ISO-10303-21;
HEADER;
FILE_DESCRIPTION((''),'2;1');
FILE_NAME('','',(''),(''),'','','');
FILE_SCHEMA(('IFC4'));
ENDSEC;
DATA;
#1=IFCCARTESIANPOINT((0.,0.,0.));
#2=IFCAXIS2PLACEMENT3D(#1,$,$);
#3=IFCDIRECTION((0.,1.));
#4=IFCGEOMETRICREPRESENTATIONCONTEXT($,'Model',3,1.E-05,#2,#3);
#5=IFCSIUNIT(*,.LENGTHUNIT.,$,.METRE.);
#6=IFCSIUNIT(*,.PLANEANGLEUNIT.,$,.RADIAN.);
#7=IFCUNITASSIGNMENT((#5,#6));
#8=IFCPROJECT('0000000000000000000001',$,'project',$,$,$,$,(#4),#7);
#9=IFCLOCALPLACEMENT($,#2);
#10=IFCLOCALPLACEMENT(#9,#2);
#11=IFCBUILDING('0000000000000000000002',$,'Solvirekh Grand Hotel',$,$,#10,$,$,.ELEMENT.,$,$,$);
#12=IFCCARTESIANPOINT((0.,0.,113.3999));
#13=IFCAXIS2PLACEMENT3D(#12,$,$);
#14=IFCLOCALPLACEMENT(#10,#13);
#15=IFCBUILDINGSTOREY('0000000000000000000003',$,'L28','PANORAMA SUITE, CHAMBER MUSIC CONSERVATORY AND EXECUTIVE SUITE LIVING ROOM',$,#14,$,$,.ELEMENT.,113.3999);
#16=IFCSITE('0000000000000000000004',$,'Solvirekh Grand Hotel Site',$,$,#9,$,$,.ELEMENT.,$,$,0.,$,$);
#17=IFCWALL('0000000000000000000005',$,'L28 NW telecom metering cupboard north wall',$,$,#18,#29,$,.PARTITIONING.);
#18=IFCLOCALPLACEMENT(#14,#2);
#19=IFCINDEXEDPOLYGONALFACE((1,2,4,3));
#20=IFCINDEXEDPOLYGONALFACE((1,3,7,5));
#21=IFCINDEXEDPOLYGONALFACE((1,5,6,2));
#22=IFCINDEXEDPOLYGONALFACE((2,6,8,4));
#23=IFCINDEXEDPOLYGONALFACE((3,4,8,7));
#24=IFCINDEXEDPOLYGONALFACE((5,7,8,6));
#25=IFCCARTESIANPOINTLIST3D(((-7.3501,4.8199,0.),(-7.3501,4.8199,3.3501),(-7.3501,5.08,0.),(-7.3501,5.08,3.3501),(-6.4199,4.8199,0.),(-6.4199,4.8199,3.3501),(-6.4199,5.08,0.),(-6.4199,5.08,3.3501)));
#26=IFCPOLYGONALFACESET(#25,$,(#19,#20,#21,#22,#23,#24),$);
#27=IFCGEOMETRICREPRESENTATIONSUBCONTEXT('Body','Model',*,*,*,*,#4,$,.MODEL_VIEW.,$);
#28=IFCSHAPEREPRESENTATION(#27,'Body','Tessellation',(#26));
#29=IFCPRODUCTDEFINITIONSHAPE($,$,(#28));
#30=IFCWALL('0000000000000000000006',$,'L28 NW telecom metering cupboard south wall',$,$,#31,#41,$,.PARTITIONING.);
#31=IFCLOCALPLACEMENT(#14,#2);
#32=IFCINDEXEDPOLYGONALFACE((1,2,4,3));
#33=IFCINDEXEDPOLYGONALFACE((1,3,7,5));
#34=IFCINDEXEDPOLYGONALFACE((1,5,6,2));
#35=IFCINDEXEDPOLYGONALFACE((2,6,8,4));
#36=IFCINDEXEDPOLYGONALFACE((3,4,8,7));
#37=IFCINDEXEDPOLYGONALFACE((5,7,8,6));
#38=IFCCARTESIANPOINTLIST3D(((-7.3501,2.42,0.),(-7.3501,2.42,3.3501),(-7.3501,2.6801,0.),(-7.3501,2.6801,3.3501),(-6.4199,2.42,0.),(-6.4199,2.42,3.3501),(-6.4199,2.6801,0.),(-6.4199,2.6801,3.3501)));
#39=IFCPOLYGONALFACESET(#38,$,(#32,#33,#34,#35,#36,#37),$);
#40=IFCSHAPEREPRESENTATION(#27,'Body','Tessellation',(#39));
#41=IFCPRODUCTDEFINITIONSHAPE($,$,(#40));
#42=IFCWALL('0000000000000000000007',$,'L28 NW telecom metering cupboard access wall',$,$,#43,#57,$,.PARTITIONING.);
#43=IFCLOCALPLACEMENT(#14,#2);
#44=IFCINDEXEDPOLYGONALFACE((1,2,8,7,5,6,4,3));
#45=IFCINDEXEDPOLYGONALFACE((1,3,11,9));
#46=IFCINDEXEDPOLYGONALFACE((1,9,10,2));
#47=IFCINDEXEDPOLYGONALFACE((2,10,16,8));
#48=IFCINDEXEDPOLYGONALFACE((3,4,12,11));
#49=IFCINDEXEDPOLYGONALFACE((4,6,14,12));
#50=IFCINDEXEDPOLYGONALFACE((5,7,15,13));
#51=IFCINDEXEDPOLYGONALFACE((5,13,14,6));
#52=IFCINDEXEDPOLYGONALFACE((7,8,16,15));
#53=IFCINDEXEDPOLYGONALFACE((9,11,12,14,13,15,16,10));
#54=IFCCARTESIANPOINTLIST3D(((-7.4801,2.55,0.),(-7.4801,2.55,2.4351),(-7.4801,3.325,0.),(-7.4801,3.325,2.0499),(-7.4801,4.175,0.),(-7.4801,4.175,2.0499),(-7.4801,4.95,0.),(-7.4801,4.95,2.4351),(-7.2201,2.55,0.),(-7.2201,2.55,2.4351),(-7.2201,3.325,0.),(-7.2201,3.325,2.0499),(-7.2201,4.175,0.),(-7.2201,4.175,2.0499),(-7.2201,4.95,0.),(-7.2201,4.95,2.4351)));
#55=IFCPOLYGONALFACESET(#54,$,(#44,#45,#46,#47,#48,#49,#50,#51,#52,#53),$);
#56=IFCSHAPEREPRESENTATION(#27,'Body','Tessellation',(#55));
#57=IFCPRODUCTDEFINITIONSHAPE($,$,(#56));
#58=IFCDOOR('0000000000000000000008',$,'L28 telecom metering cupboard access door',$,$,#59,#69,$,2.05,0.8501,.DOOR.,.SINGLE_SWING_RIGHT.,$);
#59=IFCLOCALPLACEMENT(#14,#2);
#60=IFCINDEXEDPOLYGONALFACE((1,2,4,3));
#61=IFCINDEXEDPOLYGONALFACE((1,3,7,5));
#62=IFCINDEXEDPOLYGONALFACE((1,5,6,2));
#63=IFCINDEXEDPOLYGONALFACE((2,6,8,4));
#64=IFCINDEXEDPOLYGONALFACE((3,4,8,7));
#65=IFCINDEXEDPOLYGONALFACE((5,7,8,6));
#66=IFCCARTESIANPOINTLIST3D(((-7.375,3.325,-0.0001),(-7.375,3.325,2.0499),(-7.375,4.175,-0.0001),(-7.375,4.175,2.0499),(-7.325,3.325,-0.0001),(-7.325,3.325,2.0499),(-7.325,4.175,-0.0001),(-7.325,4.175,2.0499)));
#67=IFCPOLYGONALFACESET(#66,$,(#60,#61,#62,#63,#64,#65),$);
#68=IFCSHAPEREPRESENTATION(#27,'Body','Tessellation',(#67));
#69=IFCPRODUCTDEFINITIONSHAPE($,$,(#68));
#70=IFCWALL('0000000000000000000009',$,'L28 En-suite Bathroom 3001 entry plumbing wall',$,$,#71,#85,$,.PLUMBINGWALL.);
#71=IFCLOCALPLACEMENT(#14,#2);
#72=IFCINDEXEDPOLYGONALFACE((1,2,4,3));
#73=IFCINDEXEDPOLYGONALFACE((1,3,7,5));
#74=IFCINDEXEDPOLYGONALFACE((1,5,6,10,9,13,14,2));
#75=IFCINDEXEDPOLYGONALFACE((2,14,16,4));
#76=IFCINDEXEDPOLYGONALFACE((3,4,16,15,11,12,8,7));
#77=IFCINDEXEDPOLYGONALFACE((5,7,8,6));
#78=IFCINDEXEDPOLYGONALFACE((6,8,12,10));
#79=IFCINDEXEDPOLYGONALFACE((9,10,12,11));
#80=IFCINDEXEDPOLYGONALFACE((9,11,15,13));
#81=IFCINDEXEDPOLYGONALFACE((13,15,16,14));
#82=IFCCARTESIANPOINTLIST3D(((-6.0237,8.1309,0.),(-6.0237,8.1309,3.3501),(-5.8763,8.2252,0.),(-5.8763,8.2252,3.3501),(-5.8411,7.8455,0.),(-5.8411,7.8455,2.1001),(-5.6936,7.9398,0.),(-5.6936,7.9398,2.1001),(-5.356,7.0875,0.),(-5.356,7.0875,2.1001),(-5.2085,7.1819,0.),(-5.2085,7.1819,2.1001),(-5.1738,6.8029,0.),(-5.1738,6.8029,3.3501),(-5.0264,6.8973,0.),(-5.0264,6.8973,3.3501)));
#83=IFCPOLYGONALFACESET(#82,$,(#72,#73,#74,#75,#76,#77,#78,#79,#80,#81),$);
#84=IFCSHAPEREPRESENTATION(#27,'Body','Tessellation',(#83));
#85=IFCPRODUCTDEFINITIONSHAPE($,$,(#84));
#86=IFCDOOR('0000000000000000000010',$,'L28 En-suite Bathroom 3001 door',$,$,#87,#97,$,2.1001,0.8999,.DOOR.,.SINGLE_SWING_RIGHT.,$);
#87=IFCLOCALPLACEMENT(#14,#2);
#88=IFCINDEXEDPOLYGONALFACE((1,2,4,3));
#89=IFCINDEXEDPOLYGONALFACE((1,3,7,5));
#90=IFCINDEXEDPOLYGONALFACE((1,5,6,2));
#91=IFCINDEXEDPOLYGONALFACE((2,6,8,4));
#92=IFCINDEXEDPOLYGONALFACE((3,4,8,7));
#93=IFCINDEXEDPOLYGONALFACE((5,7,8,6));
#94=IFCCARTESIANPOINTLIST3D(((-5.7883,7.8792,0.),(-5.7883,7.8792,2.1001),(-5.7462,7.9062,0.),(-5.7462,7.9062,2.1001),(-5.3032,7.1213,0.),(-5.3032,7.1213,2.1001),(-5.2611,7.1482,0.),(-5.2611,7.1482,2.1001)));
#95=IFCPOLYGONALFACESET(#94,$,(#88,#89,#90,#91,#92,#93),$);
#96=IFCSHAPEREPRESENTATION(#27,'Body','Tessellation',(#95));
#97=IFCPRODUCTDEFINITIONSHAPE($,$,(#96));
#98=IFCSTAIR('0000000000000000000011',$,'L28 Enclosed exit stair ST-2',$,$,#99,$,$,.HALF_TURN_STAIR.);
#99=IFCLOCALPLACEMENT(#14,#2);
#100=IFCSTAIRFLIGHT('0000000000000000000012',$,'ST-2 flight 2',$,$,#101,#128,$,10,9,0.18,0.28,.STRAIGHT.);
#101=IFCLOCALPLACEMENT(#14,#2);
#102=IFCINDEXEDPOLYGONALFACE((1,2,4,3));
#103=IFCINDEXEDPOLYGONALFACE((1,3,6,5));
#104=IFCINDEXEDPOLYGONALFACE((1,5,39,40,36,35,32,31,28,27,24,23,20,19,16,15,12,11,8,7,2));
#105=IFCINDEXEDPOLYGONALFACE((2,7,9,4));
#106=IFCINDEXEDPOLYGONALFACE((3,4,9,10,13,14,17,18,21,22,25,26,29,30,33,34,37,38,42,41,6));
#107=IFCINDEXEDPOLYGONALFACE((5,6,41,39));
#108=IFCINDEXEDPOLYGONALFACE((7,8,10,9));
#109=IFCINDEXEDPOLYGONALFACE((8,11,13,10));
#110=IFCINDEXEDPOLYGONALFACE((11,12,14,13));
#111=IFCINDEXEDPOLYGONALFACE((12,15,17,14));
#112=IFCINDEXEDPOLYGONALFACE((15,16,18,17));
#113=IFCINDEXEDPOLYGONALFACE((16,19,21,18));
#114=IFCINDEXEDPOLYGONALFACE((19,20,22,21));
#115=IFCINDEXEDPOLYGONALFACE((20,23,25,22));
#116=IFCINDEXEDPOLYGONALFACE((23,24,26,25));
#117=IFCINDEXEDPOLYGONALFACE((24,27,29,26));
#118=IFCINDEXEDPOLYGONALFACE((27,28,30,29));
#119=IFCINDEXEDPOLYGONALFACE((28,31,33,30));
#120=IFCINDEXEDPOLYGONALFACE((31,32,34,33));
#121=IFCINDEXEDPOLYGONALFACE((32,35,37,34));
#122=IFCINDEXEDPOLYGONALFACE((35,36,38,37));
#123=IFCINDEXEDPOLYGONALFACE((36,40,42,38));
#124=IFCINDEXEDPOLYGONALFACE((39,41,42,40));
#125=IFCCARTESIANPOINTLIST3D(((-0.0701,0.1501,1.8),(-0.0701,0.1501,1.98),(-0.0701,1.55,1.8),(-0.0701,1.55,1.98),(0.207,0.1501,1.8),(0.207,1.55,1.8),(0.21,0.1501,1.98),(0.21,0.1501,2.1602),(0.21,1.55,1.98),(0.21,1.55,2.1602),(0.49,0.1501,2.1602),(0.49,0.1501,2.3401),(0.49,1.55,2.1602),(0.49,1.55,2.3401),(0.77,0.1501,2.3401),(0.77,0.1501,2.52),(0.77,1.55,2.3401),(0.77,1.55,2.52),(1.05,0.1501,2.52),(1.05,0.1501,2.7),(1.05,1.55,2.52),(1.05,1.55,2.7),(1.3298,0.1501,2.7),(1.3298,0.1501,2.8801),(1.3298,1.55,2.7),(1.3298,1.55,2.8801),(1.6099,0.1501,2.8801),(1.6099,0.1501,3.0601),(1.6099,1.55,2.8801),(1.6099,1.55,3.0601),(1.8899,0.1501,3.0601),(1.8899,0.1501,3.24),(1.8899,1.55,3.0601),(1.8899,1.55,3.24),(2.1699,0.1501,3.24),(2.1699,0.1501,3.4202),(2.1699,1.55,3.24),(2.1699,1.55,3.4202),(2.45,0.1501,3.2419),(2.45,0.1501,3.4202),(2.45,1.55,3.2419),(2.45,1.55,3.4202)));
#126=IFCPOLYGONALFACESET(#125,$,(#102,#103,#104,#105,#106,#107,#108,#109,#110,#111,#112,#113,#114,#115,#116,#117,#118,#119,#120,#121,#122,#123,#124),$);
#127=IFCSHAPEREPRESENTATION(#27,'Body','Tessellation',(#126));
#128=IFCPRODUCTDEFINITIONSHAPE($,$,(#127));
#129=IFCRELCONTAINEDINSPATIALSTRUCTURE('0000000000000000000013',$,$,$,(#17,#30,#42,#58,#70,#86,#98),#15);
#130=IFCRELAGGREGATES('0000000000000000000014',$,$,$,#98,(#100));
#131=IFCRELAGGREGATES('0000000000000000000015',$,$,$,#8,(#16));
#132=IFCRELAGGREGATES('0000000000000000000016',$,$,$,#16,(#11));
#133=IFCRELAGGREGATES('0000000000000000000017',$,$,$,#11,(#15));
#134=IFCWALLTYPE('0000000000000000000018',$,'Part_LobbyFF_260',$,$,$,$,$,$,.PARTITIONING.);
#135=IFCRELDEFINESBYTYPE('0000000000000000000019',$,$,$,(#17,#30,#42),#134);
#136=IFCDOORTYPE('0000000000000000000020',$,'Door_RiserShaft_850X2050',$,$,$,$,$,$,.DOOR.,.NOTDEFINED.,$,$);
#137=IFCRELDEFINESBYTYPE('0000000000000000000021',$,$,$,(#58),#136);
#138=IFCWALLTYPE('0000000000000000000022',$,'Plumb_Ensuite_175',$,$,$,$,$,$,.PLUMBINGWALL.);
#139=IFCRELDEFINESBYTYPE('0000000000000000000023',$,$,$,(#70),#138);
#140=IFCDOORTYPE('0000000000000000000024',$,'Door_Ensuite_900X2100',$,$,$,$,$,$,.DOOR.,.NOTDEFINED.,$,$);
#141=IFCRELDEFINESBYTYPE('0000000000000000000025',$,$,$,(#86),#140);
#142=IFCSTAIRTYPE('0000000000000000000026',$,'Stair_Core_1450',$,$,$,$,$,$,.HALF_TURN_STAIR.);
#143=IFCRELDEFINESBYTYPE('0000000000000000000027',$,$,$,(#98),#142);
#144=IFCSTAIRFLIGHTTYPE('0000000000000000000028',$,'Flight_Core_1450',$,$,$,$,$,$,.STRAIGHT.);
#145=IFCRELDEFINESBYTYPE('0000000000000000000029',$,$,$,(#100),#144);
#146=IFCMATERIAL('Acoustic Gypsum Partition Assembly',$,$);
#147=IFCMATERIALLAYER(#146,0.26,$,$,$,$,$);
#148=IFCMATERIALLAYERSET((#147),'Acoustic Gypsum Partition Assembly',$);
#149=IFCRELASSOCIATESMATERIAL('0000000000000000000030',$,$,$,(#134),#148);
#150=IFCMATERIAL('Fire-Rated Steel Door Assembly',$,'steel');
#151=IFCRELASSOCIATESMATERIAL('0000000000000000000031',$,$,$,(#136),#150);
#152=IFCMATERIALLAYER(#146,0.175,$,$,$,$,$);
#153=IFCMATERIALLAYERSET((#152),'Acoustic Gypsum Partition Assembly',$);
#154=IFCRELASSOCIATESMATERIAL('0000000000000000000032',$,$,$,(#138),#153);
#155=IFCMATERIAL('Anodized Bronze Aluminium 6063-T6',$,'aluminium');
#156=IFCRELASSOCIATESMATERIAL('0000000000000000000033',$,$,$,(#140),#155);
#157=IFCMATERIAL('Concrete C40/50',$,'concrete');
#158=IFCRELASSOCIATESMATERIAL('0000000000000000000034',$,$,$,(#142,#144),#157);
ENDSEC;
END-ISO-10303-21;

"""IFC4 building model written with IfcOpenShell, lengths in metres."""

from ifc_helpers import new_model, si_unit, direction, frame, frame_2d, origin, place, context, subcontext, project, spatial, polyline, rectangle, outline, extrude, material, layer, layer_set, type_object, element, fill, aggregate, save


model = new_model("IFC4")

# Units and contexts
model_context = context("Model", 3, precision=1e-05, world=origin(), true_north=direction((0.0, 1.0)))
body_context = subcontext(model_context, "Body", "Model", "MODEL_VIEW")
ifc_project = project(units=[si_unit("LENGTHUNIT", "METRE"), si_unit("PLANEANGLEUNIT", "RADIAN")], contexts=[model_context])

# Site, building, storey
site_placement = place(None, origin())
site = spatial("IfcSite", under=ifc_project, at=site_placement, Name="Solvirekh Grand Hotel Site", CompositionType="ELEMENT", RefElevation=0.0)
building_placement = place(site_placement, origin())
building = spatial("IfcBuilding", under=site, at=building_placement, Name="Solvirekh Grand Hotel", CompositionType="ELEMENT")
storey_placement = place(building_placement, frame((0.0, 0.0, 113.3999)))
storey = spatial("IfcBuildingStorey", under=building, at=storey_placement, Name="L28", Description="PANORAMA SUITE, CHAMBER MUSIC CONSERVATORY AND EXECUTIVE SUITE LIVING ROOM", CompositionType="ELEMENT", Elevation=113.3999)

# Shared definitions
ifc_material_1 = material(Name="Anodized Bronze Aluminium 6063-T6", Category="aluminium")

# Shared definitions
ifc_material_2 = material(Name="Concrete C40/50", Category="concrete")

# Shared definitions
ifc_material_3 = material(Name="Fire-Rated Steel Door Assembly", Category="steel")

# Walls
ifc_material_4 = material(Name="Acoustic Gypsum Partition Assembly")
ifc_layer_1 = layer(ifc_material_4, 0.26)
ifc_layer_set_1 = layer_set([ifc_layer_1], Name="Acoustic Gypsum Partition Assembly")
wall_type_1 = type_object("IfcWallType", Name="Part_LobbyFF_260", PredefinedType="PARTITIONING", material=ifc_layer_set_1)
for number, where, z_axis, x_axis, name in (
    (1, (-7.3501, 4.95, 0.0), (0.0, 0.0, 1.0), (1.0, 0.0, 0.0), "L28 NW telecom metering cupboard north wall"),
    (2, (-7.3501, 2.55, 0.0), (0.0, 0.0, 1.0), (1.0, 0.0, 0.0), "L28 NW telecom metering cupboard south wall"),
):
    element("IfcWall", number, at=place(storey_placement, frame(where, z_axis=z_axis, x_axis=x_axis)), inside=storey, type_object=wall_type_1, Name=name, PredefinedType="PARTITIONING", context=body_context, shape_type="SweptSolid", body=[
        extrude(rectangle(XDim=0.9302, YDim=0.26, at=frame_2d((0.4651, 0.0))), origin(), (0.0, 0.0, 1.0), 3.3501),
    ])

# Walls, openings, doors
wall_1_placement = place(storey_placement, frame((-7.3501, 2.55, 0.0), z_axis=(0.0, 0.0, 1.0), x_axis=(0.0, 1.0, 0.0)))
wall_1 = element("IfcWall", 3, at=wall_1_placement, inside=storey, type_object=wall_type_1, Name="L28 NW telecom metering cupboard access wall", PredefinedType="PARTITIONING", context=body_context, shape_type="SweptSolid", body=[
    extrude(rectangle(XDim=2.3999, YDim=0.26, at=frame_2d((1.2, 0.0))), origin(), (0.0, 0.0, 1.0), 2.4351),
])
opening_1_placement = place(wall_1_placement, frame((0.7749, 0.0, 0.0)))
opening_1 = element("IfcOpeningElement", 4, at=opening_1_placement, cuts=wall_1, PredefinedType="OPENING", context=body_context, shape_type="SweptSolid", body=[
    extrude(rectangle(XDim=0.8501, YDim=2.05, at=frame_2d((0.425, 1.0249))), frame((0.0, 0.1401, 0.0), z_axis=(0.0, -1.0, 0.0), x_axis=(1.0, 0.0, 0.0)), (0.0, 0.0, 1.0), 0.28),
])
door_type_1 = type_object("IfcDoorType", Name="Door_RiserShaft_850X2050", OperationType="NOTDEFINED", PredefinedType="DOOR", material=ifc_material_3)
door_1_placement = place(opening_1_placement, origin())
door_1 = element("IfcDoor", 5, at=door_1_placement, inside=storey, type_object=door_type_1, Name="L28 telecom metering cupboard access door", OperationType="SINGLE_SWING_RIGHT", OverallHeight=2.05, OverallWidth=0.8501, PredefinedType="DOOR", context=body_context, shape_type="SweptSolid", body=[
    extrude(rectangle(XDim=0.8501, YDim=2.05, at=frame_2d((0.425, 1.0249))), frame((0.0, 0.0249, 0.0), z_axis=(0.0, -1.0, 0.0), x_axis=(1.0, 0.0, 0.0)), (0.0, 0.0, 1.0), 0.05),
])
fill(opening_1, door_1)
ifc_layer_2 = layer(ifc_material_4, 0.175)
ifc_layer_set_2 = layer_set([ifc_layer_2], Name="Acoustic Gypsum Partition Assembly")
wall_type_2 = type_object("IfcWallType", Name="Plumb_Ensuite_175", PredefinedType="PLUMBINGWALL", material=ifc_layer_set_2)
wall_2_placement = place(storey_placement, frame((-5.1001, 6.8501, 0.0), z_axis=(0.0, 0.0, 1.0), x_axis=(-0.539058, 0.842269, 0.0)))
wall_2 = element("IfcWall", 6, at=wall_2_placement, inside=storey, type_object=wall_type_2, Name="L28 En-suite Bathroom 3001 entry plumbing wall", PredefinedType="PLUMBINGWALL", context=body_context, shape_type="SweptSolid", body=[
    extrude(rectangle(XDim=1.5767, YDim=0.175, at=frame_2d((0.7883, 0.0))), origin(), (0.0, 0.0, 1.0), 3.3501),
])
opening_2_placement = place(wall_2_placement, frame((0.3379, 0.0, 0.0)))
opening_2 = element("IfcOpeningElement", 7, at=opening_2_placement, cuts=wall_2, PredefinedType="OPENING", context=body_context, shape_type="SweptSolid", body=[
    extrude(rectangle(XDim=0.8999, YDim=2.1001, at=frame_2d((0.45, 1.05))), frame((0.0, 0.0977, 0.0), z_axis=(0.0, -1.0, 0.0), x_axis=(1.0, 0.0, 0.0)), (0.0, 0.0, 1.0), 0.1951),
])
door_type_2 = type_object("IfcDoorType", Name="Door_Ensuite_900X2100", OperationType="NOTDEFINED", PredefinedType="DOOR", material=ifc_material_1)
door_2_placement = place(opening_2_placement, origin())
door_2 = element("IfcDoor", 8, at=door_2_placement, inside=storey, type_object=door_type_2, Name="L28 En-suite Bathroom 3001 door", OperationType="SINGLE_SWING_RIGHT", OverallHeight=2.1001, OverallWidth=0.8999, PredefinedType="DOOR", context=body_context, shape_type="SweptSolid", body=[
    extrude(rectangle(XDim=0.8999, YDim=2.1001, at=frame_2d((0.45, 1.05))), frame((0.0, 0.0249, 0.0), z_axis=(0.0, -1.0, 0.0), x_axis=(1.0, 0.0, 0.0)), (0.0, 0.0, 1.0), 0.05),
])
fill(opening_2, door_2)

# Stair, stair flight
stair_type = type_object("IfcStairType", Name="Stair_Core_1450", PredefinedType="HALF_TURN_STAIR", material=ifc_material_2)
stair_placement = place(storey_placement, origin())
stair = element("IfcStair", 9, at=stair_placement, inside=storey, type_object=stair_type, Name="L28 Enclosed exit stair ST-2", PredefinedType="HALF_TURN_STAIR")
stair_flight_type = type_object("IfcStairFlightType", Name="Flight_Core_1450", PredefinedType="STRAIGHT", material=ifc_material_2)
stair_flight_placement = place(storey_placement, frame((-0.0701, 0.8501, 1.8), z_axis=(0.0, 0.0, 1.0), x_axis=(1.0, 0.0, 0.0)))
stair_flight = element("IfcStairFlight", 10, at=stair_flight_placement, type_object=stair_flight_type, Name="ST-2 flight 2", NumberOfRisers=10, NumberOfTreads=9, PredefinedType="STRAIGHT", RiserHeight=0.18, TreadLength=0.28, context=body_context, shape_type="SweptSolid", body=[
    extrude(outline(polyline([(0.0, 0.0), (0.0, 0.1799), (0.28, 0.1799), (0.28, 0.3601), (0.5601, 0.3601), (0.5601, 0.54), (0.8401, 0.54), (0.8401, 0.72), (1.1201, 0.72), (1.1201, 0.8999), (1.3999, 0.8999), (1.3999, 1.0801), (1.6799, 1.0801), (1.6799, 1.26), (1.96, 1.26), (1.96, 1.4399), (2.24, 1.4399), (2.24, 1.6201), (2.52, 1.6201), (2.52, 1.8), (2.52, 1.4419), (0.2771, 0.0), (0.0, 0.0)])), frame((0.0, 0.7, 0.0), z_axis=(0.0, -1.0, 0.0), x_axis=(1.0, 0.0, 0.0)), (0.0, 0.0, 1.0), 1.3999),
])
aggregate(stair, [stair_flight])

save(model, "model.ifc")
